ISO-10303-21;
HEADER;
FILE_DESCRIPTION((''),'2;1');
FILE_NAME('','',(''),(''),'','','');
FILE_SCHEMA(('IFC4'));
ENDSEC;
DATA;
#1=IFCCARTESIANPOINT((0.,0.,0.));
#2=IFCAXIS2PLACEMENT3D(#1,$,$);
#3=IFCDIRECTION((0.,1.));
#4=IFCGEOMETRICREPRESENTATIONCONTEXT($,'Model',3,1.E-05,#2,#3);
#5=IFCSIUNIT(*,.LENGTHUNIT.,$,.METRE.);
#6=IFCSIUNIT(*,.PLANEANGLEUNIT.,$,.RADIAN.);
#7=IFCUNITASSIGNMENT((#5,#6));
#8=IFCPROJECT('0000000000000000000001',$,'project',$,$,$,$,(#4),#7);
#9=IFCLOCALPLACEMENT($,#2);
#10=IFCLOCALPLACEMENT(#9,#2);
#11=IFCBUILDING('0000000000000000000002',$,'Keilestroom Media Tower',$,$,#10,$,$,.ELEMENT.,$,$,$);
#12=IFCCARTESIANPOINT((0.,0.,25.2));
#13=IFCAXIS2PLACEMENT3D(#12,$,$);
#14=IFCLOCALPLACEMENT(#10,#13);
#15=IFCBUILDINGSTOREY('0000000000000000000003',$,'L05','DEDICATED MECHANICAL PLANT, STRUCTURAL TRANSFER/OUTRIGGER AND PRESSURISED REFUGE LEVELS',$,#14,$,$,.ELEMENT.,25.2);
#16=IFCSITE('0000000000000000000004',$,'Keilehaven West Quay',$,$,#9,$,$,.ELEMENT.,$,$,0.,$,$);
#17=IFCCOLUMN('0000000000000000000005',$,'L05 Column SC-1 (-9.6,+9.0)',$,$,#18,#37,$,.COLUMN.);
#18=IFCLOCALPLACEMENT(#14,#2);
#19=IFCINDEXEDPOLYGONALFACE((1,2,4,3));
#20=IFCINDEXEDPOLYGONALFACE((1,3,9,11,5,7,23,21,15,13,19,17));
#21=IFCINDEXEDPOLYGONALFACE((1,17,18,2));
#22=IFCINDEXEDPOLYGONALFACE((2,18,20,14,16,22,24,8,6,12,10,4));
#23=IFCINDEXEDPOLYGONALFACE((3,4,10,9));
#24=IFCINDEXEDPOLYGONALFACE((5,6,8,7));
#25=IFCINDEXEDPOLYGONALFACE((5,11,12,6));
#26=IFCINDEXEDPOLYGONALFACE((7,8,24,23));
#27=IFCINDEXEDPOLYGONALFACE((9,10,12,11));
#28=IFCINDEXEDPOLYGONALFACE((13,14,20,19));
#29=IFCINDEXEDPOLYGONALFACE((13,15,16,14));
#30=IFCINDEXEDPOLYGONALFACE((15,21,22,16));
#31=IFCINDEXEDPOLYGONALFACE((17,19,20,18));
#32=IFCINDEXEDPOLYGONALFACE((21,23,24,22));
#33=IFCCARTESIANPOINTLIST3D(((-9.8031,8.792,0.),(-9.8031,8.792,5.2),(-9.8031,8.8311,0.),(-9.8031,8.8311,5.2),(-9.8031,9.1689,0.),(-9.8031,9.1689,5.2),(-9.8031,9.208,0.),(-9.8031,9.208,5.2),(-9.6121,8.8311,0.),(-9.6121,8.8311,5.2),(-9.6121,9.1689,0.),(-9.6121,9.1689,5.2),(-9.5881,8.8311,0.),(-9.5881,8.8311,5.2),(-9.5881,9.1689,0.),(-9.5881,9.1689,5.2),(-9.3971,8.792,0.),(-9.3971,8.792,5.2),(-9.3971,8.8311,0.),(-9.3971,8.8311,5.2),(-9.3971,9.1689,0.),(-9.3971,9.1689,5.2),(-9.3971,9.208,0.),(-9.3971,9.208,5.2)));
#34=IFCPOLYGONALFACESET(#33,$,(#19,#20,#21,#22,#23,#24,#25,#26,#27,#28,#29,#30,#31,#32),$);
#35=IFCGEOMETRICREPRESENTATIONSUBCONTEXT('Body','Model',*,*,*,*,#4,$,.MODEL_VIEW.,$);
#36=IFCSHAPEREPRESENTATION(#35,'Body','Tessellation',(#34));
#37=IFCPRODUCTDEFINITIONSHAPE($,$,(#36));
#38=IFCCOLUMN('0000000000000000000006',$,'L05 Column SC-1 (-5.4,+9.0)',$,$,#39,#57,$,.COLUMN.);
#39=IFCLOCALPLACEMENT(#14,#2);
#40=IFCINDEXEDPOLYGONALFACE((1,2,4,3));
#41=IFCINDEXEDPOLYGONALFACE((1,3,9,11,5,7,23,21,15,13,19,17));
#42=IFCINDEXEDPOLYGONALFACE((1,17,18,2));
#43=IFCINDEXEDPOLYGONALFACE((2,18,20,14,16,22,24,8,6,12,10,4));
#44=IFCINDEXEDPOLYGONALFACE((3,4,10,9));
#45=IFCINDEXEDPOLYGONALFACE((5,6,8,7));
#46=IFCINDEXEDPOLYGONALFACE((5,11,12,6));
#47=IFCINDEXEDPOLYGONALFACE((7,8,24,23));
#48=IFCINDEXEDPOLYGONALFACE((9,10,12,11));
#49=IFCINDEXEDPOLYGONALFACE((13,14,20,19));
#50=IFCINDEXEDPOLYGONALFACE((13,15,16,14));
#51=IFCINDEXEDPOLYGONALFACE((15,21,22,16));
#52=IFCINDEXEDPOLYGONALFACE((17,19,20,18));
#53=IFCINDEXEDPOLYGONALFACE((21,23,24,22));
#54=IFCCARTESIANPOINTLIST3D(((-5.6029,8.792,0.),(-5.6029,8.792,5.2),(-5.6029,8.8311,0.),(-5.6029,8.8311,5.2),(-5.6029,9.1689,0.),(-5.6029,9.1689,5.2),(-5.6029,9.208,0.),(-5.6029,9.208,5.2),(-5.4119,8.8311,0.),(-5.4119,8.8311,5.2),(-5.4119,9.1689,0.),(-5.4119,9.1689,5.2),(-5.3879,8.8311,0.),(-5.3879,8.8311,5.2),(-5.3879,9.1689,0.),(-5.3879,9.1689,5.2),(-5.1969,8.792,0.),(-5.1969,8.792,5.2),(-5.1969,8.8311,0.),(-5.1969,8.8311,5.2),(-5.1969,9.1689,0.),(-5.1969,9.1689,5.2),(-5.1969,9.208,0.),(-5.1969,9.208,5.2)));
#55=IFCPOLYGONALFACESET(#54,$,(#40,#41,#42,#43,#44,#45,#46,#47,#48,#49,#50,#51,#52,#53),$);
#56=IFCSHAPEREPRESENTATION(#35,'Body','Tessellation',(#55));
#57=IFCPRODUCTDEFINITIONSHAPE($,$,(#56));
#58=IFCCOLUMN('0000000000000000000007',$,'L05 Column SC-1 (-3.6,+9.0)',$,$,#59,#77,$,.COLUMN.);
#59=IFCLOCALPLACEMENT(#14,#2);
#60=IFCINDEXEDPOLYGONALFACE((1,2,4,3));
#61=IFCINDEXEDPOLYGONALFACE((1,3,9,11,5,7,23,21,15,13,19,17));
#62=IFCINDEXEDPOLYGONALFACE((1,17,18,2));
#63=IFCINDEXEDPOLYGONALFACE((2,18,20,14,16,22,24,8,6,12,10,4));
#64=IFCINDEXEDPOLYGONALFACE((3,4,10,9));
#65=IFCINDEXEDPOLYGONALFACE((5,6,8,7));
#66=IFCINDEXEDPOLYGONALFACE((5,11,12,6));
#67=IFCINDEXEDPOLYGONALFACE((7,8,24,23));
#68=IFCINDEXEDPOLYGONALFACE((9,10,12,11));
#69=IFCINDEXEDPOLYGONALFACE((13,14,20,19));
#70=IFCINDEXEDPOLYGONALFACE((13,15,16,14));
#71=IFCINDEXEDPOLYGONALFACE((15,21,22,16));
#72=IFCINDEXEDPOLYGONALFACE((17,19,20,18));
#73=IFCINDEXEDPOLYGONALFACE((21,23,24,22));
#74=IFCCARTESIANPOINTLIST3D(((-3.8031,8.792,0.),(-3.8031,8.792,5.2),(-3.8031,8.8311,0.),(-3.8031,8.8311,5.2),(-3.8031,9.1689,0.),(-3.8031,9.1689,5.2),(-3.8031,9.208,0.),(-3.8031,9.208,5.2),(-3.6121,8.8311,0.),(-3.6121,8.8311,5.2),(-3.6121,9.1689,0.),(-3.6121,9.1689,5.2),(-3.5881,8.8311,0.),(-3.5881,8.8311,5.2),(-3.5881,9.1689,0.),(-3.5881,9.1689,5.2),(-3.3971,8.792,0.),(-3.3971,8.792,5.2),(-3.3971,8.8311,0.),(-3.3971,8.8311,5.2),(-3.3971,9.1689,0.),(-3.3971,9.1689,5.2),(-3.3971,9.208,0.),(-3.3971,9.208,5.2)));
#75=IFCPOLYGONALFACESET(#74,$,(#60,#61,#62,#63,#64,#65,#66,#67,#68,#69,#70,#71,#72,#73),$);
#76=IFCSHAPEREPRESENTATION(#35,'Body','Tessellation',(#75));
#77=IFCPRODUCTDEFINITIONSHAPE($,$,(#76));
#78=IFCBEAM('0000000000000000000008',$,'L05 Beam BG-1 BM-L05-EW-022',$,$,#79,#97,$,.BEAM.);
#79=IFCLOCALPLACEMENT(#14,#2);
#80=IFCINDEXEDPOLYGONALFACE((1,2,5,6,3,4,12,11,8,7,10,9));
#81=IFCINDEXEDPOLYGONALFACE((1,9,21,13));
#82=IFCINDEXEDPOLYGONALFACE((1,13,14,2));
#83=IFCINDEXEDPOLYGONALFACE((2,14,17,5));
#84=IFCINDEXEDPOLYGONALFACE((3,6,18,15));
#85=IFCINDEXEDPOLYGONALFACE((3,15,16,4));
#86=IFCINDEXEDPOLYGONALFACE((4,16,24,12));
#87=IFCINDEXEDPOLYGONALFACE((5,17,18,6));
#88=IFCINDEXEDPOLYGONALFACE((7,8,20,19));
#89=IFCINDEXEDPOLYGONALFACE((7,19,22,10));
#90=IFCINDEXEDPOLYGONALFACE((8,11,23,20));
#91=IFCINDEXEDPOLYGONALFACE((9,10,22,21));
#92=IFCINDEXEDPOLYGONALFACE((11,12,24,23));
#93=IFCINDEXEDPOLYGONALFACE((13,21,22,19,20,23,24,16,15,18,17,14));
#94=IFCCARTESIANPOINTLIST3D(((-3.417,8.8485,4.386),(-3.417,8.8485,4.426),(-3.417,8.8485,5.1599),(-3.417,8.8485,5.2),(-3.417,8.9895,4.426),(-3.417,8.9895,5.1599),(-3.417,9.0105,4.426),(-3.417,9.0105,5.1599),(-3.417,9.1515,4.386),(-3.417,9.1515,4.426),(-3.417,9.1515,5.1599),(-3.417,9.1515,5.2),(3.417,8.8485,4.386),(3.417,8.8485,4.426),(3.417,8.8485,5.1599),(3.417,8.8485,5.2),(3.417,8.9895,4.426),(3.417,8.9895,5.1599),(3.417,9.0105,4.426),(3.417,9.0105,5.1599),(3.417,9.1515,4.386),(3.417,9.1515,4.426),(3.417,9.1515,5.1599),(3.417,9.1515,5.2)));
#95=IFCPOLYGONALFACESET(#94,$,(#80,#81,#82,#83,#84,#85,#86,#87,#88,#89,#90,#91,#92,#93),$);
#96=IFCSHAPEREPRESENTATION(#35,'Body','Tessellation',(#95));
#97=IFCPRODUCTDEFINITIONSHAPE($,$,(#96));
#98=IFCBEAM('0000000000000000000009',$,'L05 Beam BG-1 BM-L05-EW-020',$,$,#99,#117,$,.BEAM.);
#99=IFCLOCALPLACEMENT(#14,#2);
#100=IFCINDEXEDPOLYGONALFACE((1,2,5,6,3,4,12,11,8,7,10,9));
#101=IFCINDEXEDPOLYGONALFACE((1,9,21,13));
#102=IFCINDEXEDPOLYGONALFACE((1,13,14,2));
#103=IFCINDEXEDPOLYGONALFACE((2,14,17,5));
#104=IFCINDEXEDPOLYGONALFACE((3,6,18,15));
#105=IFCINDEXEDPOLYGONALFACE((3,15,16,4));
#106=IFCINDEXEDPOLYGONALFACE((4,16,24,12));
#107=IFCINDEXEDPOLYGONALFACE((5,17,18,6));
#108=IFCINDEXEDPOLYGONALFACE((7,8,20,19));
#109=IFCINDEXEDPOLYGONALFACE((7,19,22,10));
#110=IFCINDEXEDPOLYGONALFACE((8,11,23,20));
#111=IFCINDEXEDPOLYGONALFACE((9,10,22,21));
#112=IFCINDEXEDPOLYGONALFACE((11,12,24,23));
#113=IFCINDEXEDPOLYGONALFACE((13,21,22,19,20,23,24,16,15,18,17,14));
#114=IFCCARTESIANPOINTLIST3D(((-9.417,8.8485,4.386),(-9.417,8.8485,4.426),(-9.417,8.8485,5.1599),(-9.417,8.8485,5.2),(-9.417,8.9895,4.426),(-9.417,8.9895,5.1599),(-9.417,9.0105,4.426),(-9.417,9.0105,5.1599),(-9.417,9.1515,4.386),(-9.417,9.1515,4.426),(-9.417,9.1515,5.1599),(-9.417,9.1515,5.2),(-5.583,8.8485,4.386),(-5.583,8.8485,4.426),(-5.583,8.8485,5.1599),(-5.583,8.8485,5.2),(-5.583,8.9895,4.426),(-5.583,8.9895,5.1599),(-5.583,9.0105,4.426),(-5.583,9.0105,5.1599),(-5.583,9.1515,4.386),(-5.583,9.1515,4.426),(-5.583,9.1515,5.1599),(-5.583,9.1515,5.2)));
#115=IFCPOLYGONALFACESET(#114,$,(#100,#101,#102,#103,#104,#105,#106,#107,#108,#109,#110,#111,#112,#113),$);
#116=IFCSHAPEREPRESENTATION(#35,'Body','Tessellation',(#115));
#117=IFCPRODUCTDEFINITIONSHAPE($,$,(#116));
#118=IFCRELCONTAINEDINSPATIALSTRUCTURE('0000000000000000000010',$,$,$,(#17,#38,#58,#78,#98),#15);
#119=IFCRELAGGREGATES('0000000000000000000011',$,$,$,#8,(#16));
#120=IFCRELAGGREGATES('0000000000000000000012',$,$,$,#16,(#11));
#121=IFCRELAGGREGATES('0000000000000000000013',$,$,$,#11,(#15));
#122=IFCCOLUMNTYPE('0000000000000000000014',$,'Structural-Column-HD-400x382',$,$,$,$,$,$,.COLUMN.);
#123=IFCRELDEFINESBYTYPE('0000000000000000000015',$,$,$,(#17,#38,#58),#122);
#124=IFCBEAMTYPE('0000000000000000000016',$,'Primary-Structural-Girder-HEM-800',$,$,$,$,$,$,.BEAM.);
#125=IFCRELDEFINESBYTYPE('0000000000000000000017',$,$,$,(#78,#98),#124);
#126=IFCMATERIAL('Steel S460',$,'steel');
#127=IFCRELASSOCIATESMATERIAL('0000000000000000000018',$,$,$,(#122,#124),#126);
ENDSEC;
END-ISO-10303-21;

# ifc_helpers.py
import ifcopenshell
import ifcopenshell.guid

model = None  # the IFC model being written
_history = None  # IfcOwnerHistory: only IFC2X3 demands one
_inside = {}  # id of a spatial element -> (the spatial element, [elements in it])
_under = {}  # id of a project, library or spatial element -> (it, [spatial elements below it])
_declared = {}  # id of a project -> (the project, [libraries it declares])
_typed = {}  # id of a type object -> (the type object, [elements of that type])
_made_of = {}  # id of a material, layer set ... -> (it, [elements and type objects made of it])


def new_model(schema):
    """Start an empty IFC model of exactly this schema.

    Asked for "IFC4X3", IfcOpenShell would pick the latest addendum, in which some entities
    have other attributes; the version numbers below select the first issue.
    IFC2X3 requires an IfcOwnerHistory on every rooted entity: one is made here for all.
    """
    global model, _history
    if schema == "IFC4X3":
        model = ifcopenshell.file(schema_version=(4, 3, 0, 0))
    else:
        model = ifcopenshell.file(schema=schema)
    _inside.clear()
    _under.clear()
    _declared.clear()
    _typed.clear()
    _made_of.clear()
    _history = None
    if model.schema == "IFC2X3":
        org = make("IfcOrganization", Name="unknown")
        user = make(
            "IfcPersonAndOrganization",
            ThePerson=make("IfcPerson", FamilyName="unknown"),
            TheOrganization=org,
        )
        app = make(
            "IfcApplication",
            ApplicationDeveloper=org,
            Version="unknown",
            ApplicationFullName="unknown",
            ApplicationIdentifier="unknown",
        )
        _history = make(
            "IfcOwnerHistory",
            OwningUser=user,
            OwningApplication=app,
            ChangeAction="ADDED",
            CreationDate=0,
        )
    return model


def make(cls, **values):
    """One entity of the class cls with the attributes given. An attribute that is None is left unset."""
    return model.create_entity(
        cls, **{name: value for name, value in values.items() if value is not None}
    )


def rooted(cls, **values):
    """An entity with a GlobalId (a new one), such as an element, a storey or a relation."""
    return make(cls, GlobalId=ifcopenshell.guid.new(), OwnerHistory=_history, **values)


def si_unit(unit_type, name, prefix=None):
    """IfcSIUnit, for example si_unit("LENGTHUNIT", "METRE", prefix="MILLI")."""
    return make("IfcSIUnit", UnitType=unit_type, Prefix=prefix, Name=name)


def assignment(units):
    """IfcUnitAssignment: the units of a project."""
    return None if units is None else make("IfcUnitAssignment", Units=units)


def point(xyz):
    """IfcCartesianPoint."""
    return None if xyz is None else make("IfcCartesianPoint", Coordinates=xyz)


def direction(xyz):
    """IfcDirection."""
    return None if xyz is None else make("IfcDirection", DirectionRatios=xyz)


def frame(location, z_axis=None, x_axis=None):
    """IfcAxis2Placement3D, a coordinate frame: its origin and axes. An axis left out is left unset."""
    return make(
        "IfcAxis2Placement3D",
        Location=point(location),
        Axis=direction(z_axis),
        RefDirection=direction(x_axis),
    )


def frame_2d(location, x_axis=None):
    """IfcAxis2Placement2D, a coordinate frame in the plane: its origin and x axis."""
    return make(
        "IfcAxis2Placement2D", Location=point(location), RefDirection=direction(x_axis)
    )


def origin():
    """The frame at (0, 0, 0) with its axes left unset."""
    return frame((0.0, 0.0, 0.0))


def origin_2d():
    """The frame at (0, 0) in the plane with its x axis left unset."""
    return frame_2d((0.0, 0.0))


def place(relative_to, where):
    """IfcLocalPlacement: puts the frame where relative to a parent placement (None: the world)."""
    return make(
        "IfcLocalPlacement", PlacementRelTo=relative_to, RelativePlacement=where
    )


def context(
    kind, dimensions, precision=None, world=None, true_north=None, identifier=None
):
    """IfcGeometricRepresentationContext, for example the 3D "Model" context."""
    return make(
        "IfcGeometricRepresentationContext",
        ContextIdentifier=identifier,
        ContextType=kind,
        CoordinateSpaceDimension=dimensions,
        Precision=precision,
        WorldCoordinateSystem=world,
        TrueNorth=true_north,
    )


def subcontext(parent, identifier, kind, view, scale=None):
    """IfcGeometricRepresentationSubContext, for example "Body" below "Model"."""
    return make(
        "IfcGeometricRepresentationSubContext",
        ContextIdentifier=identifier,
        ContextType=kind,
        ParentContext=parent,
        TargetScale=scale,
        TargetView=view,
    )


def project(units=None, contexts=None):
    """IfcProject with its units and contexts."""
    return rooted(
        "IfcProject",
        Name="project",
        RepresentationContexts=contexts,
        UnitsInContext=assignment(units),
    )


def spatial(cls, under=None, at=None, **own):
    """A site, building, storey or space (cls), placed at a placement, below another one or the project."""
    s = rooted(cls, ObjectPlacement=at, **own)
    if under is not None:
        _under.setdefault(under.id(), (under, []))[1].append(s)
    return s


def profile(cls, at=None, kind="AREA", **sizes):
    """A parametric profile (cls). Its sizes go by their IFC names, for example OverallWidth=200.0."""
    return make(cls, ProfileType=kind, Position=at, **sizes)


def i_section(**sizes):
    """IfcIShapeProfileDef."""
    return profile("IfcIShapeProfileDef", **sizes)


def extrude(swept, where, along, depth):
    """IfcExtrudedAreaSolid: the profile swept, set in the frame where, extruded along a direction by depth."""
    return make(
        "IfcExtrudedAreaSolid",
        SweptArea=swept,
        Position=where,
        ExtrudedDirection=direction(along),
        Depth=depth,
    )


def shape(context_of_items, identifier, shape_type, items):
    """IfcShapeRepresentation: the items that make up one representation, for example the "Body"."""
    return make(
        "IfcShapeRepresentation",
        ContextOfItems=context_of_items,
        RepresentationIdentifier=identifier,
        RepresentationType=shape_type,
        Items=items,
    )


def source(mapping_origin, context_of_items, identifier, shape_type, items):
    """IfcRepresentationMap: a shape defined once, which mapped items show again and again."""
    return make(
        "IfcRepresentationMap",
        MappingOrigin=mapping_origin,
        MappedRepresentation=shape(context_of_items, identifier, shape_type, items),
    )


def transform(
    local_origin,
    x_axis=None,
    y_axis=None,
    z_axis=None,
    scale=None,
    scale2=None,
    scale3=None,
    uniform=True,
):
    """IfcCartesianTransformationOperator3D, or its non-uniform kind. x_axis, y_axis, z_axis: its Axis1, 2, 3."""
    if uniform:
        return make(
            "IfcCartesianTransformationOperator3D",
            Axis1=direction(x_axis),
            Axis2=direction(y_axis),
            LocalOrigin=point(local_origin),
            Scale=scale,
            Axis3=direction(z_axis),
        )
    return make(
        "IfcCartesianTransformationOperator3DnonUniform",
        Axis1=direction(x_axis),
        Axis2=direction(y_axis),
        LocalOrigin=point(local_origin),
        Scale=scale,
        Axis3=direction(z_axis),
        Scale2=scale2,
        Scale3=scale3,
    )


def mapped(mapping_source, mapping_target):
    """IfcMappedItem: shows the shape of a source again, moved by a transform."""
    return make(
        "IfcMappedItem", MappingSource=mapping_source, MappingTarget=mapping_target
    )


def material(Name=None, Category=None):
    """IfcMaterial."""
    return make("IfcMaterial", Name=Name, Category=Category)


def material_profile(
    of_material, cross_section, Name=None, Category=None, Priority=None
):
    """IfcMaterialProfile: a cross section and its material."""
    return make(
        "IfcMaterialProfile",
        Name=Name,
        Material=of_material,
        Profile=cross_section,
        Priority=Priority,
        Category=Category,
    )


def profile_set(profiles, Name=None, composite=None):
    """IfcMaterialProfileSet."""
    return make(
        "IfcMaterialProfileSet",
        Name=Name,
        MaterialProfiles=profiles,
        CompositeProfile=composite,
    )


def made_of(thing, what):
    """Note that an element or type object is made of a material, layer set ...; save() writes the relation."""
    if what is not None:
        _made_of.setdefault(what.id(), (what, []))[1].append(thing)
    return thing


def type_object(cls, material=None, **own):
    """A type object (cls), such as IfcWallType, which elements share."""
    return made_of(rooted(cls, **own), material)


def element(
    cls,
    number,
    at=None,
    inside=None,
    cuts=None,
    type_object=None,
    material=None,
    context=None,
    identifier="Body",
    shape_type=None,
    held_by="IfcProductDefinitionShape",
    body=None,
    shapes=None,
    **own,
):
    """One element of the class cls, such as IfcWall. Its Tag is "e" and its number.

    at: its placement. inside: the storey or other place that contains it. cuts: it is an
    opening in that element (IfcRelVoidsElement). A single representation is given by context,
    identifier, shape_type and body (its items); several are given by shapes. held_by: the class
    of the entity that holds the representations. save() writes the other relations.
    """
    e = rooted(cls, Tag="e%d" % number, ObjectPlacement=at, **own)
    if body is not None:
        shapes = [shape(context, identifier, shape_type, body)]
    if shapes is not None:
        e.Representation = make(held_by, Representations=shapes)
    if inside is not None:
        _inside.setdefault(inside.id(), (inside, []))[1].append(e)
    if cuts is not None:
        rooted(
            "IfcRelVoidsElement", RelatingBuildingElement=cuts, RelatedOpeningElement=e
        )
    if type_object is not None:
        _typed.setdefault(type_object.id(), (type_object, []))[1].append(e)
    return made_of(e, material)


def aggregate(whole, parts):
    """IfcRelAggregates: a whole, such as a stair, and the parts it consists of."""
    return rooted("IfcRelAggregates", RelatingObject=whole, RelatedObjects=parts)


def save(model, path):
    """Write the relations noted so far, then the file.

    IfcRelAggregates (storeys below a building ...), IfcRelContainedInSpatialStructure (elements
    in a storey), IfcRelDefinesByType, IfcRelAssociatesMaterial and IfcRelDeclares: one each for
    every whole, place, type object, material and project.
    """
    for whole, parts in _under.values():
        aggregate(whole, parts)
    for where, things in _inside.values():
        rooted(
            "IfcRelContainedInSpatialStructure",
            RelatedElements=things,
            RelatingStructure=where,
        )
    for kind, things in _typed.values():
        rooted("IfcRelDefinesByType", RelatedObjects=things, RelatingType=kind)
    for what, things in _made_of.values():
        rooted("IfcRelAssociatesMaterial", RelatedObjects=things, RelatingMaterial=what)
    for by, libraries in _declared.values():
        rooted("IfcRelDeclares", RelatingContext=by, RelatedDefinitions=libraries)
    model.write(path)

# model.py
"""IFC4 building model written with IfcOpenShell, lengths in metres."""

from ifc_helpers import new_model, si_unit, direction, frame, origin, origin_2d, place, context, subcontext, project, spatial, i_section, extrude, source, transform, mapped, material, material_profile, profile_set, type_object, element, save


model = new_model("IFC4")

# Units and contexts
model_context = context("Model", 3, precision=1e-05, world=origin(), true_north=direction((0.0, 1.0)))
body_context = subcontext(model_context, "Body", "Model", "MODEL_VIEW")
ifc_project = project(units=[si_unit("LENGTHUNIT", "METRE"), si_unit("PLANEANGLEUNIT", "RADIAN")], contexts=[model_context])

# Site, building, storey
site_placement = place(None, origin())
site = spatial("IfcSite", under=ifc_project, at=site_placement, Name="Keilehaven West Quay", CompositionType="ELEMENT", RefElevation=0.0)
building_placement = place(site_placement, origin())
building = spatial("IfcBuilding", under=site, at=building_placement, Name="Keilestroom Media Tower", CompositionType="ELEMENT")
storey_placement = place(building_placement, frame((0.0, 0.0, 25.2)))
storey = spatial("IfcBuildingStorey", under=building, at=storey_placement, Name="L05", Description="DEDICATED MECHANICAL PLANT, STRUCTURAL TRANSFER/OUTRIGGER AND PRESSURISED REFUGE LEVELS", CompositionType="ELEMENT", Elevation=25.2)

# Columns
ifc_material_1 = material(Name="Steel S460", Category="steel")
ifc_material_profile_1 = material_profile(ifc_material_1, i_section(OverallWidth=0.406, OverallDepth=0.416, WebThickness=0.0239, FlangeThickness=0.0391, at=origin_2d()), Name="HD 400x382")
ifc_profile_set_1 = profile_set([ifc_material_profile_1], Name="Steel S460")
column_type = type_object("IfcColumnType", Name="Structural-Column-HD-400x382", PredefinedType="COLUMN", material=ifc_profile_set_1)
shared_shape_1 = source(origin(), body_context, "Body", "SweptSolid", [
    extrude(i_section(OverallWidth=0.406, OverallDepth=0.416, WebThickness=0.0239, FlangeThickness=0.0391, at=origin_2d()), origin(), (0.0, 0.0, 1.0), 5.2),
])
for number, where, z_axis, x_axis, name in (
    (1, (-9.6001, 9.0, 0.0), (0.0, 0.0, 1.0), (1.0, 0.0, 0.0), "L05 Column SC-1 (-9.6,+9.0)"),
    (2, (-5.3999, 9.0, 0.0), (0.0, 0.0, 1.0), (1.0, 0.0, 0.0), "L05 Column SC-1 (-5.4,+9.0)"),
    (3, (-3.6001, 9.0, 0.0), (0.0, 0.0, 1.0), (1.0, 0.0, 0.0), "L05 Column SC-1 (-3.6,+9.0)"),
):
    element("IfcColumn", number, at=place(storey_placement, frame(where, z_axis=z_axis, x_axis=x_axis)), inside=storey, type_object=column_type, Name=name, PredefinedType="COLUMN", context=body_context, shape_type="MappedRepresentation", body=[
        mapped(shared_shape_1, transform((0.0, 0.0, 0.0), x_axis=(1.0, 0.0, 0.0), y_axis=(0.0, 1.0, 0.0), z_axis=(0.0, 0.0, 1.0), scale=1.0)),
    ])

# Beams
ifc_material_profile_2 = material_profile(ifc_material_1, i_section(OverallWidth=0.303, OverallDepth=0.814, WebThickness=0.021, FlangeThickness=0.04, at=origin_2d()), Name="HEM 800")
ifc_profile_set_2 = profile_set([ifc_material_profile_2], Name="Steel S460")
beam_type = type_object("IfcBeamType", Name="Primary-Structural-Girder-HEM-800", PredefinedType="BEAM", material=ifc_profile_set_2)
shared_shape_2 = source(origin(), body_context, "Body", "SweptSolid", [
    extrude(i_section(OverallWidth=0.303, OverallDepth=0.814, WebThickness=0.021, FlangeThickness=0.04, at=origin_2d()), origin(), (0.0, 0.0, 1.0), 6.834),
])
beam_1_placement = place(storey_placement, frame((-3.417, 9.0, 4.793), z_axis=(1.0, 0.0, 0.0), x_axis=(0.0, 1.0, 0.0)))
element("IfcBeam", 4, at=beam_1_placement, inside=storey, type_object=beam_type, Name="L05 Beam BG-1 BM-L05-EW-022", PredefinedType="BEAM", context=body_context, shape_type="MappedRepresentation", body=[
    mapped(shared_shape_2, transform((0.0, 0.0, 0.0), x_axis=(1.0, 0.0, 0.0), y_axis=(0.0, 1.0, 0.0), z_axis=(0.0, 0.0, 1.0), scale=1.0)),
])
shared_shape_3 = source(origin(), body_context, "Body", "SweptSolid", [
    extrude(i_section(OverallWidth=0.303, OverallDepth=0.814, WebThickness=0.021, FlangeThickness=0.04, at=origin_2d()), origin(), (0.0, 0.0, 1.0), 3.834),
])
beam_2_placement = place(storey_placement, frame((-9.417, 9.0, 4.793), z_axis=(1.0, 0.0, 0.0), x_axis=(0.0, 1.0, 0.0)))
element("IfcBeam", 5, at=beam_2_placement, inside=storey, type_object=beam_type, Name="L05 Beam BG-1 BM-L05-EW-020", PredefinedType="BEAM", context=body_context, shape_type="MappedRepresentation", body=[
    mapped(shared_shape_3, transform((0.0, 0.0, 0.0), x_axis=(1.0, 0.0, 0.0), y_axis=(0.0, 1.0, 0.0), z_axis=(0.0, 0.0, 1.0), scale=1.0)),
])

save(model, "model.ifc")
